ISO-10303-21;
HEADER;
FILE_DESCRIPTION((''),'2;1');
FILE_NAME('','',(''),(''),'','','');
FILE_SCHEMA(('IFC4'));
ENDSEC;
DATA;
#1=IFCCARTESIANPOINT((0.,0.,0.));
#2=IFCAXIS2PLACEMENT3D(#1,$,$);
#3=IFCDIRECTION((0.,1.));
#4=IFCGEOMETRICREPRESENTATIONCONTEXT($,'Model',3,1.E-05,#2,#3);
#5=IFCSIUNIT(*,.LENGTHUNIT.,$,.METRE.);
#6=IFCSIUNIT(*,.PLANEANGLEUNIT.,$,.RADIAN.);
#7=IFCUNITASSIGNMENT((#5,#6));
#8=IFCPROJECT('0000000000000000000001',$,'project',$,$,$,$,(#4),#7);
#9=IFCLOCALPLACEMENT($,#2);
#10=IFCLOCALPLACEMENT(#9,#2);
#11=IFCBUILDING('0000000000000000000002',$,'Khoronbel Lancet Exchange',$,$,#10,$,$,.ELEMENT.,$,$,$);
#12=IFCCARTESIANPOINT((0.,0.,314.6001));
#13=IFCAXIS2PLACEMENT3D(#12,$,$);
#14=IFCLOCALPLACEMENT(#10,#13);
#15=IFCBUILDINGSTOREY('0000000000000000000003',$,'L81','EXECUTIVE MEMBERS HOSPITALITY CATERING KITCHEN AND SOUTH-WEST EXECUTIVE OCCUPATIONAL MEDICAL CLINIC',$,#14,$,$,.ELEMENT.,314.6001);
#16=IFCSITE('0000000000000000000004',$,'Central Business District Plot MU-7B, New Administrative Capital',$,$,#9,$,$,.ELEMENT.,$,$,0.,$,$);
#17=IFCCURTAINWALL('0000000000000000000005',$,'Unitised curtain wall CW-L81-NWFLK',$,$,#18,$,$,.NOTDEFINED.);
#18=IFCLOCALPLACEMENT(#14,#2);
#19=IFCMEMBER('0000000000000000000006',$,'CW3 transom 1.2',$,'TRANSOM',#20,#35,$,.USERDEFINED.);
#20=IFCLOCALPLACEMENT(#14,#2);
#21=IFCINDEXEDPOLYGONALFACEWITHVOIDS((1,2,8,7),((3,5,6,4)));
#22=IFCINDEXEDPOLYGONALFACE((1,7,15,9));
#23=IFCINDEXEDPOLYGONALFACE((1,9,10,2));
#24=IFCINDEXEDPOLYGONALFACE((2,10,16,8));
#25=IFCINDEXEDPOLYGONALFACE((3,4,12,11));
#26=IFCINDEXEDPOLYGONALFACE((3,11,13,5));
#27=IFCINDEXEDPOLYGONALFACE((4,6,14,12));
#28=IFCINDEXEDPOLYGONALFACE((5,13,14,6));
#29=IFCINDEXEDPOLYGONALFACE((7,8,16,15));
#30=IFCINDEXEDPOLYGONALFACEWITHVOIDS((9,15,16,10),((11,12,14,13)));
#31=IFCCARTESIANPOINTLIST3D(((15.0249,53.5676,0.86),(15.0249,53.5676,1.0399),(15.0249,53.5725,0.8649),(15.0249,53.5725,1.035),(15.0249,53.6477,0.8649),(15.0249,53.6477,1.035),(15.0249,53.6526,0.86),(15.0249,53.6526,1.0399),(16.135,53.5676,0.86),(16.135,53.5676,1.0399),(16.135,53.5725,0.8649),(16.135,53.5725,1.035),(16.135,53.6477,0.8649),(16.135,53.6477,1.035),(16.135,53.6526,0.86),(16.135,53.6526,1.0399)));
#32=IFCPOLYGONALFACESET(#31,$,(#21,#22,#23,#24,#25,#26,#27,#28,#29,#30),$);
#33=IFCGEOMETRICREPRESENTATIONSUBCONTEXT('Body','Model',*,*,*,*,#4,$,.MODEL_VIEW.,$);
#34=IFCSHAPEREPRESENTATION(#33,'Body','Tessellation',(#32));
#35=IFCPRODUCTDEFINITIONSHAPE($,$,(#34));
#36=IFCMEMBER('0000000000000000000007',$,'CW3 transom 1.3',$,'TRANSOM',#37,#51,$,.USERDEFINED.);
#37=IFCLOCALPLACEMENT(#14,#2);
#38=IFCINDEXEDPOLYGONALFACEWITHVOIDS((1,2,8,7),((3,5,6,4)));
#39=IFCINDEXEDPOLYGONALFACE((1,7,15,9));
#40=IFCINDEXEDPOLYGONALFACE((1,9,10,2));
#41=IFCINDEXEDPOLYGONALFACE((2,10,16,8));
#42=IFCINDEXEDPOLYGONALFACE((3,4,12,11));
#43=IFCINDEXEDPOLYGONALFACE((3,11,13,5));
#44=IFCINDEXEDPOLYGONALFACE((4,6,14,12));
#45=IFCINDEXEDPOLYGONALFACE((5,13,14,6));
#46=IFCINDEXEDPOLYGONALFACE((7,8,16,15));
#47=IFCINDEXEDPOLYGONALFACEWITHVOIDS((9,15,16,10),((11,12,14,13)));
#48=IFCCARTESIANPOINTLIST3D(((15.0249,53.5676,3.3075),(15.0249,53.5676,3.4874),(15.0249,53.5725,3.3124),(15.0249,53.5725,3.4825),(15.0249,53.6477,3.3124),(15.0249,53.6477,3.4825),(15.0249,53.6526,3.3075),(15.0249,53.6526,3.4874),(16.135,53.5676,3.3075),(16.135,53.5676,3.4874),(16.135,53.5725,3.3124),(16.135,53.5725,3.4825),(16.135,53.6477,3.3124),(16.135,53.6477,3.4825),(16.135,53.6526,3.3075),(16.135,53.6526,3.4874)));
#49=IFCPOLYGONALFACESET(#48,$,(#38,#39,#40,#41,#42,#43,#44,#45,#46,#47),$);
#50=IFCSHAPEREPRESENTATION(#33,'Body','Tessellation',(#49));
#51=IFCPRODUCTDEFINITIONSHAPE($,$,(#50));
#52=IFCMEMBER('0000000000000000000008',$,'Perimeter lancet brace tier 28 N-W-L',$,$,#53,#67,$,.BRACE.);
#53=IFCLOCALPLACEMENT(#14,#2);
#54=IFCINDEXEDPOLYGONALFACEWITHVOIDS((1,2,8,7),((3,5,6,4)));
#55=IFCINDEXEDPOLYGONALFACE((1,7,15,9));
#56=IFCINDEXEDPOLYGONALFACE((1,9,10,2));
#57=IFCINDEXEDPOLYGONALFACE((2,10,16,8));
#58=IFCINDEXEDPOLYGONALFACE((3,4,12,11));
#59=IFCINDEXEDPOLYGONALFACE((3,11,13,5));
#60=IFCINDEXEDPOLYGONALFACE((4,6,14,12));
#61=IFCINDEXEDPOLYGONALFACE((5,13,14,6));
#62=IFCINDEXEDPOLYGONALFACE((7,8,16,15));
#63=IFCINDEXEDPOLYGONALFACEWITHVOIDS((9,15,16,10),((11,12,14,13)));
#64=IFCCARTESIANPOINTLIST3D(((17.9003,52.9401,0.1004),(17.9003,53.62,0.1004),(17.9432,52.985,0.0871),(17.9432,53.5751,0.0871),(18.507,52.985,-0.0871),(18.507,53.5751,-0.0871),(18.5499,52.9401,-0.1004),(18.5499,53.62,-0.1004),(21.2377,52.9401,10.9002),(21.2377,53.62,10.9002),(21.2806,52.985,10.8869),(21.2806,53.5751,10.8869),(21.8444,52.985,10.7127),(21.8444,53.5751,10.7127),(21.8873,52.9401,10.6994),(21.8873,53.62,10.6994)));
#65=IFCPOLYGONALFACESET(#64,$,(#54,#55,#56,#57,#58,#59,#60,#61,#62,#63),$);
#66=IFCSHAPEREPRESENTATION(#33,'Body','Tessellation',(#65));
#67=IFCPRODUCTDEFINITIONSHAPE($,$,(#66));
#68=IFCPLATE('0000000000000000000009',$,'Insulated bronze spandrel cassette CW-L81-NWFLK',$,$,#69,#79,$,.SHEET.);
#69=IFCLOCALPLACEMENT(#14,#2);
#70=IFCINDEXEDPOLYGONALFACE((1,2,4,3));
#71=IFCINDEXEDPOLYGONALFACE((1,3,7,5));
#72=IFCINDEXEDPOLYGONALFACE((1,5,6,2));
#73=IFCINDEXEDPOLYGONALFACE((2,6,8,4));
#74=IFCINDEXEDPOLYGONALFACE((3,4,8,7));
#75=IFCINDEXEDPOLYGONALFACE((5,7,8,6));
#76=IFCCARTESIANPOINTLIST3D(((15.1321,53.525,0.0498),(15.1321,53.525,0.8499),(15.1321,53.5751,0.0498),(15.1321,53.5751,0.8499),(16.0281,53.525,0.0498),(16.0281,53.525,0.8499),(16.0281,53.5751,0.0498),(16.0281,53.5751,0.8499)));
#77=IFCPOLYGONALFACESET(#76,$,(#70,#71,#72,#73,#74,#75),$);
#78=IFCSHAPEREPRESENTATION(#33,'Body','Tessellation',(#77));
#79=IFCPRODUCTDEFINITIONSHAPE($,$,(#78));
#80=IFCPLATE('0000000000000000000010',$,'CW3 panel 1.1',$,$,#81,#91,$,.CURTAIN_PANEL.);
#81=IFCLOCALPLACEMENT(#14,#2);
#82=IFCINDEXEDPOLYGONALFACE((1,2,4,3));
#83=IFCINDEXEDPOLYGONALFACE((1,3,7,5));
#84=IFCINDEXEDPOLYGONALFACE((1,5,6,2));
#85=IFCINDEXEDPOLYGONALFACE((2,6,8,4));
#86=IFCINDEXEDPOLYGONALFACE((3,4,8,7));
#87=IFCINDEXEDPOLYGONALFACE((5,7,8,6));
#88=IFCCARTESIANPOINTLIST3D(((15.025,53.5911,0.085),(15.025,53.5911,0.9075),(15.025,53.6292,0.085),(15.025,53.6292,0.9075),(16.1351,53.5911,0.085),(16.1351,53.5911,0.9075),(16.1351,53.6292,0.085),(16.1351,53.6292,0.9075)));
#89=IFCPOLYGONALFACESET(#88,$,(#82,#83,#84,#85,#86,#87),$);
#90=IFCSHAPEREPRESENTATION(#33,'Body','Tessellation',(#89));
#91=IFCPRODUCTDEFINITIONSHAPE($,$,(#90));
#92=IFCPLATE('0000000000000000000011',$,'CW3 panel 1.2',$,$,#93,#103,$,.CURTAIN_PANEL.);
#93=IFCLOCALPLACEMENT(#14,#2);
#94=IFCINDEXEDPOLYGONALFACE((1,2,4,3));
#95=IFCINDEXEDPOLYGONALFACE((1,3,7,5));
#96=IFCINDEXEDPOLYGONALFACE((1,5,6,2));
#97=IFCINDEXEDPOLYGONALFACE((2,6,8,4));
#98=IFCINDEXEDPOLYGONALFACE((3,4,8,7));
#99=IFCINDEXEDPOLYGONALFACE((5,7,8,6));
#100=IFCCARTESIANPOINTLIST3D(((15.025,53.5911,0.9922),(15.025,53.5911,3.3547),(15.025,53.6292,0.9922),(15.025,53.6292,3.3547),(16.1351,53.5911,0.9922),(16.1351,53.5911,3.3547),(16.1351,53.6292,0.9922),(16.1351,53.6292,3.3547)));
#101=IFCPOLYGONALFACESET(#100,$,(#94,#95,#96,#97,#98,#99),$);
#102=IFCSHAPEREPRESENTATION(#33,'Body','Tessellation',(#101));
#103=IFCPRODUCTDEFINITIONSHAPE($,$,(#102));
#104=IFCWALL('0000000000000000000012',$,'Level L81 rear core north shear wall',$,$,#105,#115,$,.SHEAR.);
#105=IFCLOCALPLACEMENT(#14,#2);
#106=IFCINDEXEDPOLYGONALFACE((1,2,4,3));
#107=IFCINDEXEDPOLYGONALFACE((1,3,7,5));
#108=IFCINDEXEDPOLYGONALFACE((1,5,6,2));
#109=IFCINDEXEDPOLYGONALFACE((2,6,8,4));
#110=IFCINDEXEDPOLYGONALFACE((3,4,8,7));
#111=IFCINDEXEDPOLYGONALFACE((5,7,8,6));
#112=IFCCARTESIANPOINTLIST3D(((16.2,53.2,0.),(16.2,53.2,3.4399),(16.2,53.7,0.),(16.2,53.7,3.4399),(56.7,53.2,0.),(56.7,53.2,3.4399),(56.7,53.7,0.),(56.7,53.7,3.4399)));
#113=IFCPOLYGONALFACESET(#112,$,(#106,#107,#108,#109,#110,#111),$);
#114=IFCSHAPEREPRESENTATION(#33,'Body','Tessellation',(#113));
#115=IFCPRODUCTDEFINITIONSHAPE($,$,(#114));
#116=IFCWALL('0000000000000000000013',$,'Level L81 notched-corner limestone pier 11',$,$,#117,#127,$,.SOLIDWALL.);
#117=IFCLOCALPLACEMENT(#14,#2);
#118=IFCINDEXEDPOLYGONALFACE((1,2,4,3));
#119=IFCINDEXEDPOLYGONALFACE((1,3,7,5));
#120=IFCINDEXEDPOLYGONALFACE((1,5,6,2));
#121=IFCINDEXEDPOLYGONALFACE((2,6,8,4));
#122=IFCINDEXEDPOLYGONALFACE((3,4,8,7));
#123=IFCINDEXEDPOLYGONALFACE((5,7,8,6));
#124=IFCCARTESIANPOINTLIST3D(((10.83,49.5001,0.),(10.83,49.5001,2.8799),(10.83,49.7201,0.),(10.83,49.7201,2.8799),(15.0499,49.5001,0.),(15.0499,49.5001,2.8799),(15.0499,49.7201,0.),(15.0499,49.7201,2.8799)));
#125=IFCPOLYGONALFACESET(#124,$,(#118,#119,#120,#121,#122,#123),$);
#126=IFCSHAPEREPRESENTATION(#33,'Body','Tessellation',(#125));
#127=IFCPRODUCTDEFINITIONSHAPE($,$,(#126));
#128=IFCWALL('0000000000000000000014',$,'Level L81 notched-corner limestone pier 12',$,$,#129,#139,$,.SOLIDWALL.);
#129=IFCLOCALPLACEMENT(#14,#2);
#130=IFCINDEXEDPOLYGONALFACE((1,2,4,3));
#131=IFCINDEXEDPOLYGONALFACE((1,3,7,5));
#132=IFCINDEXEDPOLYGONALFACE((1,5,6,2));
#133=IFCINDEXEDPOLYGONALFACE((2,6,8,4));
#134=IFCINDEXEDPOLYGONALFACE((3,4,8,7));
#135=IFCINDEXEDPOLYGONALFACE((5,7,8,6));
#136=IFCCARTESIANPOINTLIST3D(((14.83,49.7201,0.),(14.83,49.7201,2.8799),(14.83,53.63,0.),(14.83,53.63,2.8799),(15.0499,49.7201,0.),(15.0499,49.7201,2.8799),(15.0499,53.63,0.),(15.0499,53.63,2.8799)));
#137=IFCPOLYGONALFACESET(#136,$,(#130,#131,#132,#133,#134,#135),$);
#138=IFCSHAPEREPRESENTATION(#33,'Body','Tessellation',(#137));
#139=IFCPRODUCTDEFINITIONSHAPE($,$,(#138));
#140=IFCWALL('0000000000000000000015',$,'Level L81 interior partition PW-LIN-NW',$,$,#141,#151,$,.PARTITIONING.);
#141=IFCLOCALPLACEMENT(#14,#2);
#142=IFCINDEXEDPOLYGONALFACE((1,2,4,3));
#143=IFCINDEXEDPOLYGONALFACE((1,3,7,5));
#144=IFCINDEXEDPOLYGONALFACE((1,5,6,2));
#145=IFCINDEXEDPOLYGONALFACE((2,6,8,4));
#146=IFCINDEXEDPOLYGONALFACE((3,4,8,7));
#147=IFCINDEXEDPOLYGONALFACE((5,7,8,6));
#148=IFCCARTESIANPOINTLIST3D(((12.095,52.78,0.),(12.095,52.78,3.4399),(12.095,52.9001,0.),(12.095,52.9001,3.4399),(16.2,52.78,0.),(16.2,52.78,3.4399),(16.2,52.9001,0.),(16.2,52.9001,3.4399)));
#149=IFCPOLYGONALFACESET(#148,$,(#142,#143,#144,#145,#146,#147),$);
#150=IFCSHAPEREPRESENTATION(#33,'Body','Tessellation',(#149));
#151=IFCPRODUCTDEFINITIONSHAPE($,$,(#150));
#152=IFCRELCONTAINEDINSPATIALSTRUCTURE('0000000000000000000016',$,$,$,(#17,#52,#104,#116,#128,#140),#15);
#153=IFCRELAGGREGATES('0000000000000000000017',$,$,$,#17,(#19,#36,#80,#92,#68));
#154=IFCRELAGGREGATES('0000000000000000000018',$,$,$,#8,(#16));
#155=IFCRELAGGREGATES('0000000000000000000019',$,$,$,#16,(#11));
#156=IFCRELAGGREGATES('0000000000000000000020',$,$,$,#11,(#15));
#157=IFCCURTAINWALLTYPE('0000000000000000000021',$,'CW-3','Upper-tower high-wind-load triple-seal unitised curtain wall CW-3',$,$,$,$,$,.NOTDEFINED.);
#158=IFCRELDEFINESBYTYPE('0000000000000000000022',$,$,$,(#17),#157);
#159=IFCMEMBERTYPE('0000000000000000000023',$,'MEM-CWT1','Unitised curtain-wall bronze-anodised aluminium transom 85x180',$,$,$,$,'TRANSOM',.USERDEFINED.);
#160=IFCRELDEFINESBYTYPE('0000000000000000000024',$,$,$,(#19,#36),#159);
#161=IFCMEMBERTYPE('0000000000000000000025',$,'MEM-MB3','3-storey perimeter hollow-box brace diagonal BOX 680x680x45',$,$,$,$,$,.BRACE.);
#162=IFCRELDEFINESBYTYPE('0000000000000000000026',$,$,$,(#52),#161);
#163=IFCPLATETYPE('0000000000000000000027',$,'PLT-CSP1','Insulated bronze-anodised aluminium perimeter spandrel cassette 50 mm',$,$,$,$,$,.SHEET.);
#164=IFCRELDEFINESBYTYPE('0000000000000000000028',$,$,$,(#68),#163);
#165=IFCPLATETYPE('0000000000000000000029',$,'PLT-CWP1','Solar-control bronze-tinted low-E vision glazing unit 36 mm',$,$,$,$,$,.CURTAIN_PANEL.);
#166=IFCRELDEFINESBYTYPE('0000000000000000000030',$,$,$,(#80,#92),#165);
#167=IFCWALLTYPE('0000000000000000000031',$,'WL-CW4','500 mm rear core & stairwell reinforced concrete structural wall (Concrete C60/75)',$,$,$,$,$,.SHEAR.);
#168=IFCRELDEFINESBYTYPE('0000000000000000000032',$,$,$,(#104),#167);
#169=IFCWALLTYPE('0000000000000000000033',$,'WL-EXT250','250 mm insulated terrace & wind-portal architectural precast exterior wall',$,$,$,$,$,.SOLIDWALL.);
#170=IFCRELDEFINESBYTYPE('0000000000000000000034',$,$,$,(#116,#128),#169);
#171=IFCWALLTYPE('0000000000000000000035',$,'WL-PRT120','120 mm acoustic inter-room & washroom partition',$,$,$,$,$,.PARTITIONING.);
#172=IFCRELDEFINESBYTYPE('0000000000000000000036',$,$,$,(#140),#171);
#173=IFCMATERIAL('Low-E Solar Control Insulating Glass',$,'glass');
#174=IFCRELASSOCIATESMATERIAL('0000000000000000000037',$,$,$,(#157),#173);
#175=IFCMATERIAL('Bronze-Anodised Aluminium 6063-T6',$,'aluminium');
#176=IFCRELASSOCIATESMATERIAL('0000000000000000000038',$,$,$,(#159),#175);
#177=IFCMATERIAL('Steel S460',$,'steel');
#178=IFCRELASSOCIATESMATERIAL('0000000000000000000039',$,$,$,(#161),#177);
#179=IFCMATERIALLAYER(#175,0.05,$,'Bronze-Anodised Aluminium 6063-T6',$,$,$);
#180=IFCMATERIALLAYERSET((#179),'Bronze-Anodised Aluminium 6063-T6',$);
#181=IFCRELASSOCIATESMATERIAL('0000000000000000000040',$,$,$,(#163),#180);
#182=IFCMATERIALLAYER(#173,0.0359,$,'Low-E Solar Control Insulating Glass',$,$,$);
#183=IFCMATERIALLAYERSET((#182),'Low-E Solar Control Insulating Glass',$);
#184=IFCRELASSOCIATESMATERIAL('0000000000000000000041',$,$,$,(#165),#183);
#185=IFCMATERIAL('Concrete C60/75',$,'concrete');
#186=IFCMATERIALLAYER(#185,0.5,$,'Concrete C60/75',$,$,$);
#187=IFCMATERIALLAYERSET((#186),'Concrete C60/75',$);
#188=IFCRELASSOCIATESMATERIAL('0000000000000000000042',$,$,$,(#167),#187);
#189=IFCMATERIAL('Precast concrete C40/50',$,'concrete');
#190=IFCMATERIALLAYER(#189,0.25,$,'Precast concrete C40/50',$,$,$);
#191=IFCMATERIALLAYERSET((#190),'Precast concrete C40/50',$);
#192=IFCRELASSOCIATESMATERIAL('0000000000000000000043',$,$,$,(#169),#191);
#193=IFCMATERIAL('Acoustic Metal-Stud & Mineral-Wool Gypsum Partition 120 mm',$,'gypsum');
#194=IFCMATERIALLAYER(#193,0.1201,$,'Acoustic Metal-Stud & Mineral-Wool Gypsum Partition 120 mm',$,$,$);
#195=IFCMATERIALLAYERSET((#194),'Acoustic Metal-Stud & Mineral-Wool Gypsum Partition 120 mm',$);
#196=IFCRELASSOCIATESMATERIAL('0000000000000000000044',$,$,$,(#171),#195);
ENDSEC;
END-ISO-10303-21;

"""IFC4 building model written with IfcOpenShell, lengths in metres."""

from ifc_helpers import new_model, si_unit, direction, frame, frame_2d, origin, origin_2d, place, context, subcontext, project, spatial, rectangle, hollow_rectangle, extrude, material, layer, layer_set, material_profile, profile_set, type_object, element, aggregate, save


model = new_model("IFC4")

# Units and contexts
model_context = context("Model", 3, precision=1e-05, world=origin(), true_north=direction((0.0, 1.0)))
body_context = subcontext(model_context, "Body", "Model", "MODEL_VIEW")
ifc_project = project(units=[si_unit("LENGTHUNIT", "METRE"), si_unit("PLANEANGLEUNIT", "RADIAN")], contexts=[model_context])

# Site, building, storey
site_placement = place(None, origin())
site = spatial("IfcSite", under=ifc_project, at=site_placement, Name="Central Business District Plot MU-7B, New Administrative Capital", CompositionType="ELEMENT", RefElevation=0.0)
building_placement = place(site_placement, origin())
building = spatial("IfcBuilding", under=site, at=building_placement, Name="Khoronbel Lancet Exchange", CompositionType="ELEMENT")
storey_placement = place(building_placement, frame((0.0, 0.0, 314.6001)))
storey = spatial("IfcBuildingStorey", under=building, at=storey_placement, Name="L81", Description="EXECUTIVE MEMBERS HOSPITALITY CATERING KITCHEN AND SOUTH-WEST EXECUTIVE OCCUPATIONAL MEDICAL CLINIC", CompositionType="ELEMENT", Elevation=314.6001)

# Shared definitions
ifc_material_1 = material(Name="Steel S460", Category="steel")

# Curtain wall, members
ifc_material_2 = material(Name="Low-E Solar Control Insulating Glass", Category="glass")
curtain_wall_type = type_object("IfcCurtainWallType", Name="CW-3", Description="Upper-tower high-wind-load triple-seal unitised curtain wall CW-3", PredefinedType="NOTDEFINED", material=ifc_material_2)
curtain_wall_placement = place(storey_placement, origin())
curtain_wall = element("IfcCurtainWall", 1, at=curtain_wall_placement, inside=storey, type_object=curtain_wall_type, Name="Unitised curtain wall CW-L81-NWFLK", PredefinedType="NOTDEFINED")
ifc_material_3 = material(Name="Bronze-Anodised Aluminium 6063-T6", Category="aluminium")
ifc_material_profile_1 = material_profile(ifc_material_3, hollow_rectangle(XDim=0.085, YDim=0.1799, WallThickness=0.0049, at=origin_2d()), Name="ALU TRANSOM 85x180")
ifc_profile_set_1 = profile_set([ifc_material_profile_1], Name="Bronze-Anodised Aluminium 6063-T6")
member_type_1 = type_object("IfcMemberType", Name="MEM-CWT1", Description="Unitised curtain-wall bronze-anodised aluminium transom 85x180", ElementType="TRANSOM", PredefinedType="USERDEFINED", material=ifc_profile_set_1)
member_1_placement = place(storey_placement, frame((16.135, 53.6101, 0.95), z_axis=(-1.0, 0.0, 0.0), x_axis=(0.0, -1.0, 0.0)))
member_1 = element("IfcMember", 2, at=member_1_placement, type_object=member_type_1, Name="CW3 transom 1.2", ObjectType="TRANSOM", PredefinedType="USERDEFINED", context=body_context, shape_type="SweptSolid", body=[
    extrude(hollow_rectangle(XDim=0.085, YDim=0.1799, WallThickness=0.0049, at=origin_2d()), origin(), (0.0, 0.0, 1.0), 1.1101),
])
member_2_placement = place(storey_placement, frame((16.135, 53.6101, 3.3975), z_axis=(-1.0, 0.0, 0.0), x_axis=(0.0, -1.0, 0.0)))
member_2 = element("IfcMember", 3, at=member_2_placement, type_object=member_type_1, Name="CW3 transom 1.3", ObjectType="TRANSOM", PredefinedType="USERDEFINED", context=body_context, shape_type="SweptSolid", body=[
    extrude(hollow_rectangle(XDim=0.085, YDim=0.1799, WallThickness=0.0049, at=origin_2d()), origin(), (0.0, 0.0, 1.0), 1.1101),
])

# Member
ifc_material_profile_2 = material_profile(ifc_material_1, hollow_rectangle(XDim=0.6799, YDim=0.6799, WallThickness=0.0449, at=origin_2d()), Name="BOX 680x680x45")
ifc_profile_set_2 = profile_set([ifc_material_profile_2], Name="Steel S460")
member_type_2 = type_object("IfcMemberType", Name="MEM-MB3", Description="3-storey perimeter hollow-box brace diagonal BOX 680x680x45", PredefinedType="BRACE", material=ifc_profile_set_2)
member_3_placement = place(storey_placement, frame((18.2251, 53.28, 0.0), z_axis=(0.295248, 0.0, 0.955421), x_axis=(0.0, 1.0, 0.0)))
element("IfcMember", 4, at=member_3_placement, inside=storey, type_object=member_type_2, Name="Perimeter lancet brace tier 28 N-W-L", PredefinedType="BRACE", context=body_context, shape_type="SweptSolid", body=[
    extrude(hollow_rectangle(XDim=0.6799, YDim=0.6799, WallThickness=0.0449, at=origin_2d()), origin(), (0.0, 0.0, 1.0), 11.3037),
])

# Plates
ifc_layer_1 = layer(ifc_material_3, 0.05, Name="Bronze-Anodised Aluminium 6063-T6")
ifc_layer_set_1 = layer_set([ifc_layer_1], Name="Bronze-Anodised Aluminium 6063-T6")
plate_type_1 = type_object("IfcPlateType", Name="PLT-CSP1", Description="Insulated bronze-anodised aluminium perimeter spandrel cassette 50 mm", PredefinedType="SHEET", material=ifc_layer_set_1)
plate_1_placement = place(storey_placement, frame((15.5801, 53.55, 0.0498), z_axis=(0.0, 0.0, 1.0), x_axis=(-1.0, 0.0, 0.0)))
plate_1 = element("IfcPlate", 5, at=plate_1_placement, type_object=plate_type_1, Name="Insulated bronze spandrel cassette CW-L81-NWFLK", PredefinedType="SHEET", context=body_context, shape_type="SweptSolid", body=[
    extrude(rectangle(XDim=0.896, YDim=0.05, at=origin_2d()), origin(), (0.0, 0.0, 1.0), 0.8),
])
ifc_layer_2 = layer(ifc_material_2, 0.0359, Name="Low-E Solar Control Insulating Glass")
ifc_layer_set_2 = layer_set([ifc_layer_2], Name="Low-E Solar Control Insulating Glass")
plate_type_2 = type_object("IfcPlateType", Name="PLT-CWP1", Description="Solar-control bronze-tinted low-E vision glazing unit 36 mm", PredefinedType="CURTAIN_PANEL", material=ifc_layer_set_2)
plate_2_placement = place(storey_placement, frame((15.5801, 53.6101, 0.085), z_axis=(0.0, 0.0, 1.0), x_axis=(-1.0, 0.0, 0.0)))
plate_2 = element("IfcPlate", 6, at=plate_2_placement, type_object=plate_type_2, Name="CW3 panel 1.1", PredefinedType="CURTAIN_PANEL", context=body_context, shape_type="SweptSolid", body=[
    extrude(rectangle(XDim=1.1101, YDim=0.0381, at=origin_2d()), origin(), (0.0, 0.0, 1.0), 0.8225),
])
plate_3_placement = place(storey_placement, frame((15.5801, 53.6101, 0.9922), z_axis=(0.0, 0.0, 1.0), x_axis=(-1.0, 0.0, 0.0)))
plate_3 = element("IfcPlate", 7, at=plate_3_placement, type_object=plate_type_2, Name="CW3 panel 1.2", PredefinedType="CURTAIN_PANEL", context=body_context, shape_type="SweptSolid", body=[
    extrude(rectangle(XDim=1.1101, YDim=0.0381, at=origin_2d()), origin(), (0.0, 0.0, 1.0), 2.3625),
])
aggregate(curtain_wall, [member_1, member_2, plate_2, plate_3, plate_1])

# Walls
ifc_material_4 = material(Name="Concrete C60/75", Category="concrete")
ifc_layer_3 = layer(ifc_material_4, 0.5, Name="Concrete C60/75")
ifc_layer_set_3 = layer_set([ifc_layer_3], Name="Concrete C60/75")
wall_type_1 = type_object("IfcWallType", Name="WL-CW4", Description="500 mm rear core & stairwell reinforced concrete structural wall (Concrete C60/75)", PredefinedType="SHEAR", material=ifc_layer_set_3)
wall_1_placement = place(storey_placement, frame((16.2, 53.45, 0.0), z_axis=(0.0, 0.0, 1.0), x_axis=(1.0, 0.0, 0.0)))
element("IfcWall", 8, at=wall_1_placement, inside=storey, type_object=wall_type_1, Name="Level L81 rear core north shear wall", PredefinedType="SHEAR", context=body_context, shape_type="SweptSolid", body=[
    extrude(rectangle(XDim=40.5, YDim=0.5, at=frame_2d((20.25, 0.0))), origin(), (0.0, 0.0, 1.0), 3.4399),
])
ifc_material_5 = material(Name="Precast concrete C40/50", Category="concrete")
ifc_layer_4 = layer(ifc_material_5, 0.25, Name="Precast concrete C40/50")
ifc_layer_set_4 = layer_set([ifc_layer_4], Name="Precast concrete C40/50")
wall_type_2 = type_object("IfcWallType", Name="WL-EXT250", Description="250 mm insulated terrace & wind-portal architectural precast exterior wall", PredefinedType="SOLIDWALL", material=ifc_layer_set_4)
wall_2_placement = place(storey_placement, frame((10.8301, 49.6101, 0.0), z_axis=(0.0, 0.0, 1.0), x_axis=(1.0, 0.0, 0.0)))
element("IfcWall", 9, at=wall_2_placement, inside=storey, type_object=wall_type_2, Name="Level L81 notched-corner limestone pier 11", PredefinedType="SOLIDWALL", context=body_context, shape_type="SweptSolid", body=[
    extrude(rectangle(XDim=4.22, YDim=0.22, at=frame_2d((2.1099, 0.0))), origin(), (0.0, 0.0, 1.0), 2.8799),
])
wall_3_placement = place(storey_placement, frame((14.9399, 49.72, 0.0), z_axis=(0.0, 0.0, 1.0), x_axis=(0.0, 1.0, 0.0)))
element("IfcWall", 10, at=wall_3_placement, inside=storey, type_object=wall_type_2, Name="Level L81 notched-corner limestone pier 12", PredefinedType="SOLIDWALL", context=body_context, shape_type="SweptSolid", body=[
    extrude(rectangle(XDim=3.9099, YDim=0.22, at=frame_2d((1.9551, 0.0))), origin(), (0.0, 0.0, 1.0), 2.8799),
])
ifc_material_6 = material(Name="Acoustic Metal-Stud & Mineral-Wool Gypsum Partition 120 mm", Category="gypsum")
ifc_layer_5 = layer(ifc_material_6, 0.1201, Name="Acoustic Metal-Stud & Mineral-Wool Gypsum Partition 120 mm")
ifc_layer_set_5 = layer_set([ifc_layer_5], Name="Acoustic Metal-Stud & Mineral-Wool Gypsum Partition 120 mm")
wall_type_3 = type_object("IfcWallType", Name="WL-PRT120", Description="120 mm acoustic inter-room & washroom partition", PredefinedType="PARTITIONING", material=ifc_layer_set_5)
wall_4_placement = place(storey_placement, frame((12.095, 52.8401, 0.0), z_axis=(0.0, 0.0, 1.0), x_axis=(1.0, 0.0, 0.0)))
element("IfcWall", 11, at=wall_4_placement, inside=storey, type_object=wall_type_3, Name="Level L81 interior partition PW-LIN-NW", PredefinedType="PARTITIONING", context=body_context, shape_type="SweptSolid", body=[
    extrude(rectangle(XDim=4.105, YDim=0.1201, at=frame_2d((2.0525, 0.0))), origin(), (0.0, 0.0, 1.0), 3.4399),
])

save(model, "model.ifc")
